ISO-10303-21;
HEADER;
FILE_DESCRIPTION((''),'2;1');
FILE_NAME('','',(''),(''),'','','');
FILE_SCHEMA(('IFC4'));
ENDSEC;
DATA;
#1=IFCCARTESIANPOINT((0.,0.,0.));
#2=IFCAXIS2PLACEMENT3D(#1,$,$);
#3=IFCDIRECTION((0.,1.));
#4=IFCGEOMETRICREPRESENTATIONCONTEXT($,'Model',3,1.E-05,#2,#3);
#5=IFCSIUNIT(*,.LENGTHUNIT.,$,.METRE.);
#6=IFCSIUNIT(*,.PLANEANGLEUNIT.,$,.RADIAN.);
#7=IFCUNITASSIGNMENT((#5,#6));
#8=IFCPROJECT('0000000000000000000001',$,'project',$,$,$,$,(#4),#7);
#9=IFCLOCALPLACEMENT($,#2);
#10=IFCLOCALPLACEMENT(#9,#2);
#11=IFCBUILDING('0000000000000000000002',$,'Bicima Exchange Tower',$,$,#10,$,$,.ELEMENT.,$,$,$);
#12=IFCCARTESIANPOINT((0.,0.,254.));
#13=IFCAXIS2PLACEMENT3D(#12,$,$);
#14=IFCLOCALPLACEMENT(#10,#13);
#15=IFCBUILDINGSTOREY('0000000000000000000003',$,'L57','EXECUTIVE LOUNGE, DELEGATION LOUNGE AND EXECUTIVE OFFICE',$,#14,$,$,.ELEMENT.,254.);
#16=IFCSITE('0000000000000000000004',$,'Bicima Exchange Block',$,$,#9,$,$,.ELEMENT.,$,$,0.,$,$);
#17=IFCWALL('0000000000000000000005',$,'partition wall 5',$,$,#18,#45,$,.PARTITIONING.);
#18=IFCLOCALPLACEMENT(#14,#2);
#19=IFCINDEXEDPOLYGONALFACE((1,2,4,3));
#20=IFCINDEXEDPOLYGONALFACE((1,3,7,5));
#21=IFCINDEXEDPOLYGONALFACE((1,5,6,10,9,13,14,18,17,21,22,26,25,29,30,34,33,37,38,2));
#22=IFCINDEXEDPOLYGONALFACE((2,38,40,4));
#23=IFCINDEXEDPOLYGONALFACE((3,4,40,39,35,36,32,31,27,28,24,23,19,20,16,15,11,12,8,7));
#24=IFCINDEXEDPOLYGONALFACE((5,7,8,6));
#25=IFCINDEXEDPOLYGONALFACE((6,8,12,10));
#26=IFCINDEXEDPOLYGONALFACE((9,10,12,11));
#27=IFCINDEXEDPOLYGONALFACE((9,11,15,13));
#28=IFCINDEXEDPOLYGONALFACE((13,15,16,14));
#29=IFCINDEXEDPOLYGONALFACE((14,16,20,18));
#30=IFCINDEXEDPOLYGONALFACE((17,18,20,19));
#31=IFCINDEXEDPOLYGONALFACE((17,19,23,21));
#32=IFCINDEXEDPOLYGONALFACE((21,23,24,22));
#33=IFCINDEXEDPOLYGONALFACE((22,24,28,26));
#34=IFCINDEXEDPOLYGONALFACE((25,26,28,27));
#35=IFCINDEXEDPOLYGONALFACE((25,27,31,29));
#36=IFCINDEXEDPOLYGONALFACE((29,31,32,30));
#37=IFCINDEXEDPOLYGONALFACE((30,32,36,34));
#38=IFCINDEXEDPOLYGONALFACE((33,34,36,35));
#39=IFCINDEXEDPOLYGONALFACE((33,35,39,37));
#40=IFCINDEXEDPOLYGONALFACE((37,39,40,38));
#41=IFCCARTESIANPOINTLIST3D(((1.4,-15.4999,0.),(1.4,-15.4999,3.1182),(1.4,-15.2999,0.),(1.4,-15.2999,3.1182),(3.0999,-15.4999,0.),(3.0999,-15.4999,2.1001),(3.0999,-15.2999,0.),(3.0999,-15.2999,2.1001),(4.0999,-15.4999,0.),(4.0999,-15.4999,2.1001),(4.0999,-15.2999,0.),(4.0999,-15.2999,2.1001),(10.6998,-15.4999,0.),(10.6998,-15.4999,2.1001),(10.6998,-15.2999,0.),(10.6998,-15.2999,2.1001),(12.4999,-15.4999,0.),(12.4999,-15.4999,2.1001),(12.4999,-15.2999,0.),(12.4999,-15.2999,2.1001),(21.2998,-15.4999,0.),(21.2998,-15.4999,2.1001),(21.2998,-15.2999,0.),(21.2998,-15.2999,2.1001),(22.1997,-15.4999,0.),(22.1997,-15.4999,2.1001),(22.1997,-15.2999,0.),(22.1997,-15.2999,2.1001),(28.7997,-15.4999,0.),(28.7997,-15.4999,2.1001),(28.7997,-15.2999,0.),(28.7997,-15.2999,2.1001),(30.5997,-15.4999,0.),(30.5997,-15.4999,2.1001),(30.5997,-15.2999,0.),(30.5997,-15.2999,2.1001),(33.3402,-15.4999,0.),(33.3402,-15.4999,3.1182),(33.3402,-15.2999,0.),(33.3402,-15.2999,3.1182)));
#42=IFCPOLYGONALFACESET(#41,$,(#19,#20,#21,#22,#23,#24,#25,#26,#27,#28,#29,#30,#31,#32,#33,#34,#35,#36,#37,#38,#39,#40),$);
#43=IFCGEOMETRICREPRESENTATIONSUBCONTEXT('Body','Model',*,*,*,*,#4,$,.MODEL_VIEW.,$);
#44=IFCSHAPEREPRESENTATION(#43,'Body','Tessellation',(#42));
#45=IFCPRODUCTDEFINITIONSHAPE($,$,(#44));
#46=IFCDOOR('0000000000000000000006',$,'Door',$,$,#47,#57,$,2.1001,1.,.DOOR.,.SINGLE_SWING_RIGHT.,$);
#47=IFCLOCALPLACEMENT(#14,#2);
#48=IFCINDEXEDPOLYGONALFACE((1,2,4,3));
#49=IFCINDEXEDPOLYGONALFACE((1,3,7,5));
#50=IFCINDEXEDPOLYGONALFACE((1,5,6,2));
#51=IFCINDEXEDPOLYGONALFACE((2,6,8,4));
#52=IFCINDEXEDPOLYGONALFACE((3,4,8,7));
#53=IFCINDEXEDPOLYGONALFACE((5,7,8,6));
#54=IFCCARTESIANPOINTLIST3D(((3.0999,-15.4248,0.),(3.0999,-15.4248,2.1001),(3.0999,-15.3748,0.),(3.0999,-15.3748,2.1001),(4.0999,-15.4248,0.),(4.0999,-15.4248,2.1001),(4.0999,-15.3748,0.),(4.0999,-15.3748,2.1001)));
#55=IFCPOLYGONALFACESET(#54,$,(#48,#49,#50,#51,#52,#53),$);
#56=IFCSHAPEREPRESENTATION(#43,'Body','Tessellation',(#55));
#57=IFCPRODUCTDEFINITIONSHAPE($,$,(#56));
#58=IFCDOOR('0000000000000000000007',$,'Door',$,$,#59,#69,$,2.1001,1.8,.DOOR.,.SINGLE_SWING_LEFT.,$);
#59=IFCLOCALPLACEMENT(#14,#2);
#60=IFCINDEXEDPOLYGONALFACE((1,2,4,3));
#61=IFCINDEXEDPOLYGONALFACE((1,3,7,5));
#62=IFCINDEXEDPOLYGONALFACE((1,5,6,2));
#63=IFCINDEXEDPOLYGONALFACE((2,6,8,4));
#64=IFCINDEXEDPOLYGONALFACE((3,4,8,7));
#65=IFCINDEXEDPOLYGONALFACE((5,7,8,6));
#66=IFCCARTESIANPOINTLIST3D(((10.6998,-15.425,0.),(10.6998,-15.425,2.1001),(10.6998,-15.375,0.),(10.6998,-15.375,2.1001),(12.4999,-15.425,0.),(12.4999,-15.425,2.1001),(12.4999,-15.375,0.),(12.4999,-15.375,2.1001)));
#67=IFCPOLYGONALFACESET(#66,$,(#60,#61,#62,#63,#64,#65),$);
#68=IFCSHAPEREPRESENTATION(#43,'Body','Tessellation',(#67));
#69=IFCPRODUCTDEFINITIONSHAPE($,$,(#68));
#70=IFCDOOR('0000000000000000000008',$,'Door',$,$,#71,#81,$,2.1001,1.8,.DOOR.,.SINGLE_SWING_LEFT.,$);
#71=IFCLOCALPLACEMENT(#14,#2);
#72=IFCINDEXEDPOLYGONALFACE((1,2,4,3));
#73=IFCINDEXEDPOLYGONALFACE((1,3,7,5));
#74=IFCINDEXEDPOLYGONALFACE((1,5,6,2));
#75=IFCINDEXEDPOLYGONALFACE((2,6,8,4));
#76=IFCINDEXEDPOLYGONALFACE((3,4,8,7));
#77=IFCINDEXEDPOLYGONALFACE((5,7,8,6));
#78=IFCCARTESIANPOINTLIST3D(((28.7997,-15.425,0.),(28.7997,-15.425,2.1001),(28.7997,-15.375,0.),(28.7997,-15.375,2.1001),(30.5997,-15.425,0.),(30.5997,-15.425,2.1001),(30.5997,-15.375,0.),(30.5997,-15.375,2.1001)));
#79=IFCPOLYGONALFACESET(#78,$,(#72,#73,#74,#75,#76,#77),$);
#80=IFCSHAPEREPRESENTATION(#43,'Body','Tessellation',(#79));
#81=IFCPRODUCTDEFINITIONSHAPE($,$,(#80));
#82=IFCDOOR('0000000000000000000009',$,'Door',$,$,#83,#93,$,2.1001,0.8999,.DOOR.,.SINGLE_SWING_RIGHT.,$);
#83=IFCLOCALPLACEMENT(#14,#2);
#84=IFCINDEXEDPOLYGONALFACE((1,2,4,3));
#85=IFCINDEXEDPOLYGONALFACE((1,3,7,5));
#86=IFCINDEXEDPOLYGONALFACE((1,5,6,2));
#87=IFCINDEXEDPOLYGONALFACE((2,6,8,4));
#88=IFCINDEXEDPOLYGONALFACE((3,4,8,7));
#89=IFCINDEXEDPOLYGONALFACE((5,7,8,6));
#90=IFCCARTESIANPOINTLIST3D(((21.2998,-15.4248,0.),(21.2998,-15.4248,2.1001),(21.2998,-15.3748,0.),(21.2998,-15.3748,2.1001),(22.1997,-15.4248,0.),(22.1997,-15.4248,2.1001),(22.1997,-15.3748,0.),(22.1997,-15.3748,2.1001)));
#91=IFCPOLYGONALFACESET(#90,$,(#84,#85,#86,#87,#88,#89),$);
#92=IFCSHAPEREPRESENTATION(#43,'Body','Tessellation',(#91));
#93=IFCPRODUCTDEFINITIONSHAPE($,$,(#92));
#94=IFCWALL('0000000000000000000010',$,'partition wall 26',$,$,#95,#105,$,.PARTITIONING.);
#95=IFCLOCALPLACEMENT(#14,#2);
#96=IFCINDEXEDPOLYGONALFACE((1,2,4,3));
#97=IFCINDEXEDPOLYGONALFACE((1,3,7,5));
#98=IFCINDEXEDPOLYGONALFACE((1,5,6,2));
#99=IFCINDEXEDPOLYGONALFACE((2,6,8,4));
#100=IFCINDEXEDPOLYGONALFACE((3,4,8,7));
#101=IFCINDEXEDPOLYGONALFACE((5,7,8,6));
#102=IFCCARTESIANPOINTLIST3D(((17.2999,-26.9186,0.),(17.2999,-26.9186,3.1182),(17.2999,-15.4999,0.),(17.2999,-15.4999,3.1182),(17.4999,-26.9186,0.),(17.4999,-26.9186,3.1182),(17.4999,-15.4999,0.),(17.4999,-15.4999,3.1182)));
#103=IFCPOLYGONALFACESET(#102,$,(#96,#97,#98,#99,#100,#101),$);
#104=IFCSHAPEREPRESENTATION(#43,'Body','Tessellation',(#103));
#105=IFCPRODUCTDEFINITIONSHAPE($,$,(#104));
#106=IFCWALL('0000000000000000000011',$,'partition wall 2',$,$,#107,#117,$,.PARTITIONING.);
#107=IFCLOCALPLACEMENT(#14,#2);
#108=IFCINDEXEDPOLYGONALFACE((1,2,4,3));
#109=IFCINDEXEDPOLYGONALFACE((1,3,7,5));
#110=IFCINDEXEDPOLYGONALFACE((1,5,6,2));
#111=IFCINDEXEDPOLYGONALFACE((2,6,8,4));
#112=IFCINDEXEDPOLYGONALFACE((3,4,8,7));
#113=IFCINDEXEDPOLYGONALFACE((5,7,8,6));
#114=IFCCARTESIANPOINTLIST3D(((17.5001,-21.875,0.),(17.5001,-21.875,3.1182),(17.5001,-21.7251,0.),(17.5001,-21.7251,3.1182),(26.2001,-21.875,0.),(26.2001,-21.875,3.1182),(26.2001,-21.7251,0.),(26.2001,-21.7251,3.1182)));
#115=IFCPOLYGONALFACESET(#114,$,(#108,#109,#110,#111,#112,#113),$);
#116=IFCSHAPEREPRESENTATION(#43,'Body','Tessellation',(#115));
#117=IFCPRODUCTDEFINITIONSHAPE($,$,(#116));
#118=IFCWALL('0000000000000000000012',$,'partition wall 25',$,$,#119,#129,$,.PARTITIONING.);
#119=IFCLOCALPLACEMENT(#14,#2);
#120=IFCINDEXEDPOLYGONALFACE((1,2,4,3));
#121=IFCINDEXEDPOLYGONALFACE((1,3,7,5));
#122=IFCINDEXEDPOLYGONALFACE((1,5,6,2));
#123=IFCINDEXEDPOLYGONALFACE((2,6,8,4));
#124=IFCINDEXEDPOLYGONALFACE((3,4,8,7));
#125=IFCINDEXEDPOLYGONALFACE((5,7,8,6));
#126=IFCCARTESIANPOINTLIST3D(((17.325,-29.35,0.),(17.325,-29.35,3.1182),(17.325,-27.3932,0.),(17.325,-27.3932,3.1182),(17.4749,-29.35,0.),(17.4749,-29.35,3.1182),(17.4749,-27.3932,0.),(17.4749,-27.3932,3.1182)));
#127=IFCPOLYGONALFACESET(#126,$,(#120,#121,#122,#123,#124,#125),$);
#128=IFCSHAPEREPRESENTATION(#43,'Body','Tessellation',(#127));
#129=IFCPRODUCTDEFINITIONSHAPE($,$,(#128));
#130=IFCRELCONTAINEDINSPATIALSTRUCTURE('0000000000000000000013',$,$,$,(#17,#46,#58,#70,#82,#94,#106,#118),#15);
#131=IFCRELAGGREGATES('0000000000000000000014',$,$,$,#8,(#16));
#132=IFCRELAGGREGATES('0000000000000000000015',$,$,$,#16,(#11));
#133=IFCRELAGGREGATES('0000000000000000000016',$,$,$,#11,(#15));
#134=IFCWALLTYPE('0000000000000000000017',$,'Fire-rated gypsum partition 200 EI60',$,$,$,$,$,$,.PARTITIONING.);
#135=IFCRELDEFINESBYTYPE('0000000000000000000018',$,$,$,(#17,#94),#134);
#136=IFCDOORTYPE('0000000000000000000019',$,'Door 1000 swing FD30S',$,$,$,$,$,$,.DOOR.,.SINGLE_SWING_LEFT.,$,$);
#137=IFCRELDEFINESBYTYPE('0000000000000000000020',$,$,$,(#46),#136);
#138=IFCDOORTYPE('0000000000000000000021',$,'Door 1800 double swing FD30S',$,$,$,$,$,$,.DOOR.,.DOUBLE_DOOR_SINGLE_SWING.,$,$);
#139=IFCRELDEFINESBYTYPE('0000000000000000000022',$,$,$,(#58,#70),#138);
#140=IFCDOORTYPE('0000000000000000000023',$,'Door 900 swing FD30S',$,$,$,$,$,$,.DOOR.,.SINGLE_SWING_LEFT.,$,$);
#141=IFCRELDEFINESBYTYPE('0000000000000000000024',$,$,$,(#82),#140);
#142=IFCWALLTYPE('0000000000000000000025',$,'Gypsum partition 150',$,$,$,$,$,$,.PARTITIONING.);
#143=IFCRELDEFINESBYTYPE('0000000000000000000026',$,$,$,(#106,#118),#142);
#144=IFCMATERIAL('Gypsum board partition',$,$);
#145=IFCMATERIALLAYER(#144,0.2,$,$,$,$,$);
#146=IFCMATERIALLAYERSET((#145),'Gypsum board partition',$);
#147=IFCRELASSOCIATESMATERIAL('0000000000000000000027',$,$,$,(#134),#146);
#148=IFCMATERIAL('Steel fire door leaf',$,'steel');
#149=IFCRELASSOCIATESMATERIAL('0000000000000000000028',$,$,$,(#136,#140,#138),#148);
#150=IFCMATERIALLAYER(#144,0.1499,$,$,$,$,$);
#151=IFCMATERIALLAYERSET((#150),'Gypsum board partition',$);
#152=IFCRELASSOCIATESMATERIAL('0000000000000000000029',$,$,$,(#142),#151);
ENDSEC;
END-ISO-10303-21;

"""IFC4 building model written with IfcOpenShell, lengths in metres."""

from ifc_helpers import new_model, si_unit, direction, frame, frame_2d, origin, place, context, subcontext, project, spatial, rectangle, extrude, material, layer, layer_set, type_object, element, fill, save


model = new_model("IFC4")

# Units and contexts
model_context = context("Model", 3, precision=1e-05, world=origin(), true_north=direction((0.0, 1.0)))
body_context = subcontext(model_context, "Body", "Model", "MODEL_VIEW")
ifc_project = project(units=[si_unit("LENGTHUNIT", "METRE"), si_unit("PLANEANGLEUNIT", "RADIAN")], contexts=[model_context])

# Site, building, storey
site_placement = place(None, origin())
site = spatial("IfcSite", under=ifc_project, at=site_placement, Name="Bicima Exchange Block", CompositionType="ELEMENT", RefElevation=0.0)
building_placement = place(site_placement, origin())
building = spatial("IfcBuilding", under=site, at=building_placement, Name="Bicima Exchange Tower", CompositionType="ELEMENT")
storey_placement = place(building_placement, frame((0.0, 0.0, 254.0)))
storey = spatial("IfcBuildingStorey", under=building, at=storey_placement, Name="L57", Description="EXECUTIVE LOUNGE, DELEGATION LOUNGE AND EXECUTIVE OFFICE", CompositionType="ELEMENT", Elevation=254.0)

# Wall, openings, doors
ifc_material_1 = material(Name="Gypsum board partition")
ifc_layer_1 = layer(ifc_material_1, 0.2)
ifc_layer_set_1 = layer_set([ifc_layer_1], Name="Gypsum board partition")
wall_type_1 = type_object("IfcWallType", Name="Fire-rated gypsum partition 200 EI60", PredefinedType="PARTITIONING", material=ifc_layer_set_1)
ifc_material_2 = material(Name="Steel fire door leaf", Category="steel")
door_type_1 = type_object("IfcDoorType", Name="Door 1000 swing FD30S", OperationType="SINGLE_SWING_LEFT", PredefinedType="DOOR", material=ifc_material_2)
door_type_2 = type_object("IfcDoorType", Name="Door 900 swing FD30S", OperationType="SINGLE_SWING_LEFT", PredefinedType="DOOR", material=ifc_material_2)
wall_1_placement = place(storey_placement, frame((1.3999, -15.3999, 0.0), z_axis=(0.0, 0.0, 1.0), x_axis=(1.0, 0.0, 0.0)))
wall_1 = element("IfcWall", 1, at=wall_1_placement, inside=storey, type_object=wall_type_1, Name="partition wall 5", PredefinedType="PARTITIONING", context=body_context, shape_type="SweptSolid", body=[
    extrude(rectangle(XDim=31.9402, YDim=0.2, at=frame_2d((15.9702, 0.0))), origin(), (0.0, 0.0, 1.0), 3.1182),
])
opening_1_placement = place(wall_1_placement, frame((1.7, 0.0, 0.0)))
opening_1 = element("IfcOpeningElement", 2, at=opening_1_placement, cuts=wall_1, PredefinedType="OPENING", context=body_context, shape_type="SweptSolid", body=[
    extrude(rectangle(XDim=1.0, YDim=2.1001, at=frame_2d((0.5, 1.05))), frame((0.0, 0.1118, 0.0), z_axis=(0.0, -1.0, 0.0), x_axis=(1.0, 0.0, 0.0)), (0.0, 0.0, 1.0), 0.2239),
])
opening_2_placement = place(wall_1_placement, frame((9.3, 0.0, 0.0)))
opening_2 = element("IfcOpeningElement", 3, at=opening_2_placement, cuts=wall_1, PredefinedType="OPENING", context=body_context, shape_type="SweptSolid", body=[
    extrude(rectangle(XDim=1.8, YDim=2.1001, at=frame_2d((0.8999, 1.05))), frame((0.0, 0.1118, 0.0), z_axis=(0.0, -1.0, 0.0), x_axis=(1.0, 0.0, 0.0)), (0.0, 0.0, 1.0), 0.2239),
])
opening_3_placement = place(wall_1_placement, frame((19.8999, 0.0, 0.0)))
opening_3 = element("IfcOpeningElement", 4, at=opening_3_placement, cuts=wall_1, PredefinedType="OPENING", context=body_context, shape_type="SweptSolid", body=[
    extrude(rectangle(XDim=0.8999, YDim=2.1001, at=frame_2d((0.45, 1.05))), frame((0.0, 0.1118, 0.0), z_axis=(0.0, -1.0, 0.0), x_axis=(1.0, 0.0, 0.0)), (0.0, 0.0, 1.0), 0.2239),
])
opening_4_placement = place(wall_1_placement, frame((27.3999, 0.0, 0.0)))
opening_4 = element("IfcOpeningElement", 5, at=opening_4_placement, cuts=wall_1, PredefinedType="OPENING", context=body_context, shape_type="SweptSolid", body=[
    extrude(rectangle(XDim=1.8, YDim=2.1001, at=frame_2d((0.8999, 1.05))), frame((0.0, 0.1118, 0.0), z_axis=(0.0, -1.0, 0.0), x_axis=(1.0, 0.0, 0.0)), (0.0, 0.0, 1.0), 0.2239),
])
door_1_placement = place(opening_1_placement, frame((1.0, 0.0, 0.0), z_axis=(0.0, 0.0, 1.0), x_axis=(-1.0, 0.0, 0.0)))
door_1 = element("IfcDoor", 6, at=door_1_placement, inside=storey, type_object=door_type_1, Name="Door", OperationType="SINGLE_SWING_RIGHT", OverallHeight=2.1001, OverallWidth=1.0, PredefinedType="DOOR", context=body_context, shape_type="SweptSolid", body=[
    extrude(rectangle(XDim=1.0, YDim=2.1001, at=frame_2d((0.5, 1.05))), frame((0.0, 0.0249, 0.0), z_axis=(0.0, -1.0, 0.0), x_axis=(1.0, 0.0, 0.0)), (0.0, 0.0, 1.0), 0.05),
])
fill(opening_1, door_1)
door_type_3 = type_object("IfcDoorType", Name="Door 1800 double swing FD30S", OperationType="DOUBLE_DOOR_SINGLE_SWING", PredefinedType="DOOR", material=ifc_material_2)
door_2_placement = place(opening_2_placement, origin())
door_2 = element("IfcDoor", 7, at=door_2_placement, inside=storey, type_object=door_type_3, Name="Door", OperationType="SINGLE_SWING_LEFT", OverallHeight=2.1001, OverallWidth=1.8, PredefinedType="DOOR", context=body_context, shape_type="SweptSolid", body=[
    extrude(rectangle(XDim=1.8, YDim=2.1001, at=frame_2d((0.8999, 1.05))), frame((0.0, 0.0249, 0.0), z_axis=(0.0, -1.0, 0.0), x_axis=(1.0, 0.0, 0.0)), (0.0, 0.0, 1.0), 0.05),
])
fill(opening_2, door_2)
door_3_placement = place(opening_4_placement, origin())
door_3 = element("IfcDoor", 8, at=door_3_placement, inside=storey, type_object=door_type_3, Name="Door", OperationType="SINGLE_SWING_LEFT", OverallHeight=2.1001, OverallWidth=1.8, PredefinedType="DOOR", context=body_context, shape_type="SweptSolid", body=[
    extrude(rectangle(XDim=1.8, YDim=2.1001, at=frame_2d((0.8999, 1.05))), frame((0.0, 0.0249, 0.0), z_axis=(0.0, -1.0, 0.0), x_axis=(1.0, 0.0, 0.0)), (0.0, 0.0, 1.0), 0.05),
])
fill(opening_4, door_3)
door_4_placement = place(opening_3_placement, frame((0.8999, 0.0, 0.0), z_axis=(0.0, 0.0, 1.0), x_axis=(-1.0, 0.0, 0.0)))
door_4 = element("IfcDoor", 9, at=door_4_placement, inside=storey, type_object=door_type_2, Name="Door", OperationType="SINGLE_SWING_RIGHT", OverallHeight=2.1001, OverallWidth=0.8999, PredefinedType="DOOR", context=body_context, shape_type="SweptSolid", body=[
    extrude(rectangle(XDim=0.8999, YDim=2.1001, at=frame_2d((0.45, 1.05))), frame((0.0, 0.0249, 0.0), z_axis=(0.0, -1.0, 0.0), x_axis=(1.0, 0.0, 0.0)), (0.0, 0.0, 1.0), 0.05),
])
fill(opening_3, door_4)

# Walls
wall_2_placement = place(storey_placement, frame((17.3999, -26.9187, 0.0), z_axis=(0.0, 0.0, 1.0), x_axis=(0.0, 1.0, 0.0)))
element("IfcWall", 10, at=wall_2_placement, inside=storey, type_object=wall_type_1, Name="partition wall 26", PredefinedType="PARTITIONING", context=body_context, shape_type="SweptSolid", body=[
    extrude(rectangle(XDim=11.4187, YDim=0.2, at=frame_2d((5.7095, 0.0))), origin(), (0.0, 0.0, 1.0), 3.1182),
])
ifc_layer_2 = layer(ifc_material_1, 0.1499)
ifc_layer_set_2 = layer_set([ifc_layer_2], Name="Gypsum board partition")
wall_type_2 = type_object("IfcWallType", Name="Gypsum partition 150", PredefinedType="PARTITIONING", material=ifc_layer_set_2)
wall_3_placement = place(storey_placement, frame((17.5, -21.8, 0.0), z_axis=(0.0, 0.0, 1.0), x_axis=(1.0, 0.0, 0.0)))
element("IfcWall", 11, at=wall_3_placement, inside=storey, type_object=wall_type_2, Name="partition wall 2", PredefinedType="PARTITIONING", context=body_context, shape_type="SweptSolid", body=[
    extrude(rectangle(XDim=8.7, YDim=0.1499, at=frame_2d((4.3501, 0.0))), origin(), (0.0, 0.0, 1.0), 3.1182),
])
wall_4_placement = place(storey_placement, frame((17.3999, -29.3501, 0.0), z_axis=(0.0, 0.0, 1.0), x_axis=(0.0, 1.0, 0.0)))
element("IfcWall", 12, at=wall_4_placement, inside=storey, type_object=wall_type_2, Name="partition wall 25", PredefinedType="PARTITIONING", context=body_context, shape_type="SweptSolid", body=[
    extrude(rectangle(XDim=1.9568, YDim=0.1499, at=frame_2d((0.9785, 0.0))), origin(), (0.0, 0.0, 1.0), 3.1182),
])

save(model, "model.ifc")
